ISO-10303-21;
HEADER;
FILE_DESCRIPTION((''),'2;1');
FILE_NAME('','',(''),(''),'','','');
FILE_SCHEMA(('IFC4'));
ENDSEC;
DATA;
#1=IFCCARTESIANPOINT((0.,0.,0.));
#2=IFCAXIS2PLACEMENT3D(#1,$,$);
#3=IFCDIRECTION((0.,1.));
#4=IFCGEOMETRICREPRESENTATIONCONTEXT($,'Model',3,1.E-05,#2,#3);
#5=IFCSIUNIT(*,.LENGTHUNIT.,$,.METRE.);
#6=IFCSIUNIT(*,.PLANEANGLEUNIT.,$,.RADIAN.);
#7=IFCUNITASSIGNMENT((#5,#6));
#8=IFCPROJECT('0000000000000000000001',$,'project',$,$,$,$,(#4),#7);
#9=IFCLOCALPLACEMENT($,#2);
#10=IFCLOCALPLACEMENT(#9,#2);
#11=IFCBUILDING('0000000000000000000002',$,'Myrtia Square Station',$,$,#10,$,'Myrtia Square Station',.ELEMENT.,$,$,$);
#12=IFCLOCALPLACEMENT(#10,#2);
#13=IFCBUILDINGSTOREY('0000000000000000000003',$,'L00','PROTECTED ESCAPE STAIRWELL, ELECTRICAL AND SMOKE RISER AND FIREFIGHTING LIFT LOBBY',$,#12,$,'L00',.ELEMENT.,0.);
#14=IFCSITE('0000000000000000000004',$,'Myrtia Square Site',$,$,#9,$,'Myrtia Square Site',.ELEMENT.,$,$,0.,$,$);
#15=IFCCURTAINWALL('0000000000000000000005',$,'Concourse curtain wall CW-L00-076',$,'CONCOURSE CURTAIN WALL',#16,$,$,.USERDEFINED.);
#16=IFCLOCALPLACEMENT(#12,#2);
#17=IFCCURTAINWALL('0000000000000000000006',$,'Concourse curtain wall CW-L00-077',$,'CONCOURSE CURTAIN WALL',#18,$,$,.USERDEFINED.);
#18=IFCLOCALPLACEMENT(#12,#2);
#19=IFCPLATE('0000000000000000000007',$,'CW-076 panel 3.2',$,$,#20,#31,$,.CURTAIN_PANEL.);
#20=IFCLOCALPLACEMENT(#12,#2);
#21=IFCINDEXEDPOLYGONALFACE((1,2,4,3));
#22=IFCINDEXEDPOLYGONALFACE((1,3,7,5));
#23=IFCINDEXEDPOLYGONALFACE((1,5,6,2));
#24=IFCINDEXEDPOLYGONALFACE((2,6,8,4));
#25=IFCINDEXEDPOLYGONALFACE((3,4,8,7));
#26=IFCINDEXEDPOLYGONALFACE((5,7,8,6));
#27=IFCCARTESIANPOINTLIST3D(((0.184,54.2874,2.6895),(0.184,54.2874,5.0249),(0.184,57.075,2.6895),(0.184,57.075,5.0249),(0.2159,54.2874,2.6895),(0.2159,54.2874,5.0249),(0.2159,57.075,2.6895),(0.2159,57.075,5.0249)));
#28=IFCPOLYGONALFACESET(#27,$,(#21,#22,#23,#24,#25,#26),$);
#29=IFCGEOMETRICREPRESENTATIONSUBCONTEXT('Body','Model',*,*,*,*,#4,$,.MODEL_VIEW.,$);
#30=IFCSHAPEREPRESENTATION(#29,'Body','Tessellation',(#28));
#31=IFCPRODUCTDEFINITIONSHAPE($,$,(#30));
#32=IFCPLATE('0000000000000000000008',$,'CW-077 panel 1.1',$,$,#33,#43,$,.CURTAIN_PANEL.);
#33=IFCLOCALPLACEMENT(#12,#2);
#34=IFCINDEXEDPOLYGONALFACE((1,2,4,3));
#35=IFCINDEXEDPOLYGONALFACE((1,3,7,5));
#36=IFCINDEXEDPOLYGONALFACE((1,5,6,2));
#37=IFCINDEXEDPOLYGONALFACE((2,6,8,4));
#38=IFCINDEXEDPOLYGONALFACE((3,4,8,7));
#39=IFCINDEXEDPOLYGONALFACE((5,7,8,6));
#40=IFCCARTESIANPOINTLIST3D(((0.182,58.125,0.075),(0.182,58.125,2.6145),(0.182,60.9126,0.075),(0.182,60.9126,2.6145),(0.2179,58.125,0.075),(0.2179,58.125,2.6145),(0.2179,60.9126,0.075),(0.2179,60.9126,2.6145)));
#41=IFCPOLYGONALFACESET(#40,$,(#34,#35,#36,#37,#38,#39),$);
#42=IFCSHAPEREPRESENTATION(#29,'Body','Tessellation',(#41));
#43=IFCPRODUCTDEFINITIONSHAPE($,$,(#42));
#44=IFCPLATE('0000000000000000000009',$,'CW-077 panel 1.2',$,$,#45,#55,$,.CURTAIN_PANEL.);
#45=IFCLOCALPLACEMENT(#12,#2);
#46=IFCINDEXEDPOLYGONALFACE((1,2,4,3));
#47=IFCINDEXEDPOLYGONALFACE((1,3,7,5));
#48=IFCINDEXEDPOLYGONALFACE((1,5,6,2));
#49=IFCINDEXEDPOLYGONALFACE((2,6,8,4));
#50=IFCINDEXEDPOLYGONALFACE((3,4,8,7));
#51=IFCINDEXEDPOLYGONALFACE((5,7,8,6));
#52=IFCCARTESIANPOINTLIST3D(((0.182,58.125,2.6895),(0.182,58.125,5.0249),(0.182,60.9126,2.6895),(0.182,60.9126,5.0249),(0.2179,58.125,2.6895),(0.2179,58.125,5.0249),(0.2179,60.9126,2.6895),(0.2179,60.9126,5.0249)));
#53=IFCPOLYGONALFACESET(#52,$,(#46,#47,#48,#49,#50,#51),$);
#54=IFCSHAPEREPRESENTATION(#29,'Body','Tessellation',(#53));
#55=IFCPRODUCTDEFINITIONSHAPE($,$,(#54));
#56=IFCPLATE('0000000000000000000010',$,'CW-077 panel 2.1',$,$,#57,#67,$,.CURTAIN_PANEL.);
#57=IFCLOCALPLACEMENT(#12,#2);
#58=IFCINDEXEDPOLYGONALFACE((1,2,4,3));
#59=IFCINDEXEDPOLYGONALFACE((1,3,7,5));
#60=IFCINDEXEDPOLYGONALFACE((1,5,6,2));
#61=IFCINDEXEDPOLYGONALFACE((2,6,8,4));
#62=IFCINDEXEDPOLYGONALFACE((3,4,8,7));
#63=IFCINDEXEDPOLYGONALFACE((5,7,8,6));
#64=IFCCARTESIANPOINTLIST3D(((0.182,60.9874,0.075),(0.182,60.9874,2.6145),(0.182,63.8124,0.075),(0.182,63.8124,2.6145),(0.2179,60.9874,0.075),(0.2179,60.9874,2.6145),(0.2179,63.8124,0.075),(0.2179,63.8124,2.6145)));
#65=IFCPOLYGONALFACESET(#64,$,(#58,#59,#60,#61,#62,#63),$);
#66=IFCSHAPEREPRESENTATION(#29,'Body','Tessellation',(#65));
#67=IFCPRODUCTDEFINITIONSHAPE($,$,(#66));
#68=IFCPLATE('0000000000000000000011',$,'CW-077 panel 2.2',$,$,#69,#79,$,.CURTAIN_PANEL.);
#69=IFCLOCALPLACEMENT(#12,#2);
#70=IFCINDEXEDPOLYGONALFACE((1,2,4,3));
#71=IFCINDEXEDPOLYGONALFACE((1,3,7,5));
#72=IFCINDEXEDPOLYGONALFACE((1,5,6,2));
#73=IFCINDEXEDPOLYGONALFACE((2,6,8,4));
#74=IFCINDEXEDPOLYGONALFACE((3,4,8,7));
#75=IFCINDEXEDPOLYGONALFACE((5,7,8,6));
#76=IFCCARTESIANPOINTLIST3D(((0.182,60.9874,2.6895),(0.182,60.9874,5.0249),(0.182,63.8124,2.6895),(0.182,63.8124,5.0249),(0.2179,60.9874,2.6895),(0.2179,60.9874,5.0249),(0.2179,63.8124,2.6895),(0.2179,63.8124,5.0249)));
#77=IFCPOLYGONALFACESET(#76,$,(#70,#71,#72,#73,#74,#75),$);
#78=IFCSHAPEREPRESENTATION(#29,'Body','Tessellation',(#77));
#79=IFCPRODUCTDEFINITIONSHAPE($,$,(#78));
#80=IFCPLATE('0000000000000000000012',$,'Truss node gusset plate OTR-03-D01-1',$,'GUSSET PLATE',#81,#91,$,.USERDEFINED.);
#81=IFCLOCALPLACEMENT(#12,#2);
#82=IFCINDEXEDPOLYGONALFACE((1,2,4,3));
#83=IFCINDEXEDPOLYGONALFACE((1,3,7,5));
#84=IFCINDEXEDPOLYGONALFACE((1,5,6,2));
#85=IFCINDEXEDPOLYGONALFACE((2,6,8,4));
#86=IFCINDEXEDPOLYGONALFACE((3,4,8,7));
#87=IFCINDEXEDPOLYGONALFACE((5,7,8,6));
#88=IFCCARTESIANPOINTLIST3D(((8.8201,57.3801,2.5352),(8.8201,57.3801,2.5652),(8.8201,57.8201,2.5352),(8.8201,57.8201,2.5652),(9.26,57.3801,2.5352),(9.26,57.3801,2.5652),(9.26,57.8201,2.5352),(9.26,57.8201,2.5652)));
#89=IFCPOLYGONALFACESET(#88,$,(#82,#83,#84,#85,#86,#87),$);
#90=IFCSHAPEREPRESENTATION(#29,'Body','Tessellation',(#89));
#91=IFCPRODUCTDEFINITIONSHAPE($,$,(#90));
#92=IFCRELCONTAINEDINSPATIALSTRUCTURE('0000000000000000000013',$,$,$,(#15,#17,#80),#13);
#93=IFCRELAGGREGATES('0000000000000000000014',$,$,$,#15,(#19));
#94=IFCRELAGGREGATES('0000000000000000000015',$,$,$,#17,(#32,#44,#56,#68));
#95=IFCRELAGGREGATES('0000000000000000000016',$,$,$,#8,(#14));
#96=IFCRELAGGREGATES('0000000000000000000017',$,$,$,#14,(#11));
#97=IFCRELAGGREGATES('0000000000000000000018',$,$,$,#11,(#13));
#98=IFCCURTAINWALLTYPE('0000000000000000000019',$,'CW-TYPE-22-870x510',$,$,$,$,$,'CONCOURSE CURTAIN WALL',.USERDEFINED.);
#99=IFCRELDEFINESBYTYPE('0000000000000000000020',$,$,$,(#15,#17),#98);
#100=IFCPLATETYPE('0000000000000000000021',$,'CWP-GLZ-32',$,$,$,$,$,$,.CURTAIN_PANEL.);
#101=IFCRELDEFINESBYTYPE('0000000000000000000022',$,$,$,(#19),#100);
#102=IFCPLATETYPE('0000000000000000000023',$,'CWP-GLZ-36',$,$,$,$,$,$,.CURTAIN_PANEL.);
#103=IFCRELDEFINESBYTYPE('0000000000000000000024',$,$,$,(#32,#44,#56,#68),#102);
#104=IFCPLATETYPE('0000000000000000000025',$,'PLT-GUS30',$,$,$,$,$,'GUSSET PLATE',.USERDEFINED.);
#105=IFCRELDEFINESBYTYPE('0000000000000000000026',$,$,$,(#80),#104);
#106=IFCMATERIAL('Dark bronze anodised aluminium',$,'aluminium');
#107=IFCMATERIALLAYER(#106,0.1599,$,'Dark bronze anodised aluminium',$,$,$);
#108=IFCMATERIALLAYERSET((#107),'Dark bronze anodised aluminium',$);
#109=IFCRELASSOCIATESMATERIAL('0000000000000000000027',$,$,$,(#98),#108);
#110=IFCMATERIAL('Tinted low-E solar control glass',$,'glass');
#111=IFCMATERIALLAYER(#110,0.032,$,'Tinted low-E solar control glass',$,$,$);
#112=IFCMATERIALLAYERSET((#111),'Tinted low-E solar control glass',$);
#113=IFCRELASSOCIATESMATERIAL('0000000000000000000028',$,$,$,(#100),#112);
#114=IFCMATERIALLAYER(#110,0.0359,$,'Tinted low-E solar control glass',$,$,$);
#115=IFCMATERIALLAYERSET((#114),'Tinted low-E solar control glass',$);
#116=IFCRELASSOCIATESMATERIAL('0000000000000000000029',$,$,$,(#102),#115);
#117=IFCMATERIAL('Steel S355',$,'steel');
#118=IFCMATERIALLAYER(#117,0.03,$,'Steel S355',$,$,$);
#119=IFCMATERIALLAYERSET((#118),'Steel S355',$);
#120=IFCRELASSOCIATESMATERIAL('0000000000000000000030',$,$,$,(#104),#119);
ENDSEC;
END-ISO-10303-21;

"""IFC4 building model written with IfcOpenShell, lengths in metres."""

from ifc_helpers import new_model, si_unit, direction, frame, origin, origin_2d, place, context, subcontext, project, spatial, rectangle, extrude, material, layer, layer_set, type_object, element, aggregate, save


model = new_model("IFC4")

# Units and contexts
model_context = context("Model", 3, precision=1e-05, world=origin(), true_north=direction((0.0, 1.0)))
body_context = subcontext(model_context, "Body", "Model", "MODEL_VIEW")
ifc_project = project(units=[si_unit("LENGTHUNIT", "METRE"), si_unit("PLANEANGLEUNIT", "RADIAN")], contexts=[model_context])

# Site, building, storey
site_placement = place(None, origin())
site = spatial("IfcSite", under=ifc_project, at=site_placement, Name="Myrtia Square Site", LongName="Myrtia Square Site", CompositionType="ELEMENT", RefElevation=0.0)
building_placement = place(site_placement, origin())
building = spatial("IfcBuilding", under=site, at=building_placement, Name="Myrtia Square Station", LongName="Myrtia Square Station", CompositionType="ELEMENT")
storey_placement = place(building_placement, origin())
storey = spatial("IfcBuildingStorey", under=building, at=storey_placement, Name="L00", Description="PROTECTED ESCAPE STAIRWELL, ELECTRICAL AND SMOKE RISER AND FIREFIGHTING LIFT LOBBY", LongName="L00", CompositionType="ELEMENT", Elevation=0.0)

# Shared definitions
ifc_material_1 = material(Name="Steel S355", Category="steel")

# Curtain walls
ifc_material_2 = material(Name="Dark bronze anodised aluminium", Category="aluminium")
ifc_layer_1 = layer(ifc_material_2, 0.1599, Name="Dark bronze anodised aluminium")
ifc_layer_set_1 = layer_set([ifc_layer_1], Name="Dark bronze anodised aluminium")
curtain_wall_type = type_object("IfcCurtainWallType", Name="CW-TYPE-22-870x510", ElementType="CONCOURSE CURTAIN WALL", PredefinedType="USERDEFINED", material=ifc_layer_set_1)
curtain_wall_1_placement = place(storey_placement, origin())
curtain_wall_1 = element("IfcCurtainWall", 1, at=curtain_wall_1_placement, inside=storey, type_object=curtain_wall_type, Name="Concourse curtain wall CW-L00-076", ObjectType="CONCOURSE CURTAIN WALL", PredefinedType="USERDEFINED")
curtain_wall_2_placement = place(storey_placement, origin())
curtain_wall_2 = element("IfcCurtainWall", 2, at=curtain_wall_2_placement, inside=storey, type_object=curtain_wall_type, Name="Concourse curtain wall CW-L00-077", ObjectType="CONCOURSE CURTAIN WALL", PredefinedType="USERDEFINED")

# Plates
ifc_material_3 = material(Name="Tinted low-E solar control glass", Category="glass")
ifc_layer_2 = layer(ifc_material_3, 0.032, Name="Tinted low-E solar control glass")
ifc_layer_set_2 = layer_set([ifc_layer_2], Name="Tinted low-E solar control glass")
plate_type_1 = type_object("IfcPlateType", Name="CWP-GLZ-32", PredefinedType="CURTAIN_PANEL", material=ifc_layer_set_2)
plate_1_placement = place(storey_placement, frame((0.2, 55.6812, 2.6895), z_axis=(0.0, 0.0, 1.0), x_axis=(0.0, 1.0, 0.0)))
plate_1 = element("IfcPlate", 3, at=plate_1_placement, type_object=plate_type_1, Name="CW-076 panel 3.2", PredefinedType="CURTAIN_PANEL", context=body_context, shape_type="SweptSolid", body=[
    extrude(rectangle(XDim=2.7876, YDim=0.032, at=origin_2d()), origin(), (0.0, 0.0, 1.0), 2.3354),
])
aggregate(curtain_wall_1, [plate_1])
ifc_layer_3 = layer(ifc_material_3, 0.0359, Name="Tinted low-E solar control glass")
ifc_layer_set_3 = layer_set([ifc_layer_3], Name="Tinted low-E solar control glass")
plate_type_2 = type_object("IfcPlateType", Name="CWP-GLZ-36", PredefinedType="CURTAIN_PANEL", material=ifc_layer_set_3)
plate_2_placement = place(storey_placement, frame((0.2, 59.5188, 0.075), z_axis=(0.0, 0.0, 1.0), x_axis=(0.0, 1.0, 0.0)))
plate_2 = element("IfcPlate", 4, at=plate_2_placement, type_object=plate_type_2, Name="CW-077 panel 1.1", PredefinedType="CURTAIN_PANEL", context=body_context, shape_type="SweptSolid", body=[
    extrude(rectangle(XDim=2.7876, YDim=0.0359, at=origin_2d()), origin(), (0.0, 0.0, 1.0), 2.5396),
])
plate_3_placement = place(storey_placement, frame((0.2, 59.5188, 2.6895), z_axis=(0.0, 0.0, 1.0), x_axis=(0.0, 1.0, 0.0)))
plate_3 = element("IfcPlate", 5, at=plate_3_placement, type_object=plate_type_2, Name="CW-077 panel 1.2", PredefinedType="CURTAIN_PANEL", context=body_context, shape_type="SweptSolid", body=[
    extrude(rectangle(XDim=2.7876, YDim=0.0359, at=origin_2d()), origin(), (0.0, 0.0, 1.0), 2.3354),
])
plate_4_placement = place(storey_placement, frame((0.2, 62.3999, 0.075), z_axis=(0.0, 0.0, 1.0), x_axis=(0.0, 1.0, 0.0)))
plate_4 = element("IfcPlate", 6, at=plate_4_placement, type_object=plate_type_2, Name="CW-077 panel 2.1", PredefinedType="CURTAIN_PANEL", context=body_context, shape_type="SweptSolid", body=[
    extrude(rectangle(XDim=2.825, YDim=0.0359, at=origin_2d()), origin(), (0.0, 0.0, 1.0), 2.5396),
])
plate_5_placement = place(storey_placement, frame((0.2, 62.3999, 2.6895), z_axis=(0.0, 0.0, 1.0), x_axis=(0.0, 1.0, 0.0)))
plate_5 = element("IfcPlate", 7, at=plate_5_placement, type_object=plate_type_2, Name="CW-077 panel 2.2", PredefinedType="CURTAIN_PANEL", context=body_context, shape_type="SweptSolid", body=[
    extrude(rectangle(XDim=2.825, YDim=0.0359, at=origin_2d()), origin(), (0.0, 0.0, 1.0), 2.3354),
])
aggregate(curtain_wall_2, [plate_2, plate_3, plate_4, plate_5])
ifc_layer_4 = layer(ifc_material_1, 0.03, Name="Steel S355")
ifc_layer_set_4 = layer_set([ifc_layer_4], Name="Steel S355")
plate_type_3 = type_object("IfcPlateType", Name="PLT-GUS30", ElementType="GUSSET PLATE", PredefinedType="USERDEFINED", material=ifc_layer_set_4)
plate_6_placement = place(storey_placement, frame((9.04, 57.6001, 2.5352), z_axis=(0.0, 0.0, 1.0), x_axis=(1.0, 0.0, 0.0)))
element("IfcPlate", 8, at=plate_6_placement, inside=storey, type_object=plate_type_3, Name="Truss node gusset plate OTR-03-D01-1", ObjectType="GUSSET PLATE", PredefinedType="USERDEFINED", context=body_context, shape_type="SweptSolid", body=[
    extrude(rectangle(XDim=0.4399, YDim=0.4399, at=origin_2d()), origin(), (0.0, 0.0, 1.0), 0.03),
])

save(model, "model.ifc")
